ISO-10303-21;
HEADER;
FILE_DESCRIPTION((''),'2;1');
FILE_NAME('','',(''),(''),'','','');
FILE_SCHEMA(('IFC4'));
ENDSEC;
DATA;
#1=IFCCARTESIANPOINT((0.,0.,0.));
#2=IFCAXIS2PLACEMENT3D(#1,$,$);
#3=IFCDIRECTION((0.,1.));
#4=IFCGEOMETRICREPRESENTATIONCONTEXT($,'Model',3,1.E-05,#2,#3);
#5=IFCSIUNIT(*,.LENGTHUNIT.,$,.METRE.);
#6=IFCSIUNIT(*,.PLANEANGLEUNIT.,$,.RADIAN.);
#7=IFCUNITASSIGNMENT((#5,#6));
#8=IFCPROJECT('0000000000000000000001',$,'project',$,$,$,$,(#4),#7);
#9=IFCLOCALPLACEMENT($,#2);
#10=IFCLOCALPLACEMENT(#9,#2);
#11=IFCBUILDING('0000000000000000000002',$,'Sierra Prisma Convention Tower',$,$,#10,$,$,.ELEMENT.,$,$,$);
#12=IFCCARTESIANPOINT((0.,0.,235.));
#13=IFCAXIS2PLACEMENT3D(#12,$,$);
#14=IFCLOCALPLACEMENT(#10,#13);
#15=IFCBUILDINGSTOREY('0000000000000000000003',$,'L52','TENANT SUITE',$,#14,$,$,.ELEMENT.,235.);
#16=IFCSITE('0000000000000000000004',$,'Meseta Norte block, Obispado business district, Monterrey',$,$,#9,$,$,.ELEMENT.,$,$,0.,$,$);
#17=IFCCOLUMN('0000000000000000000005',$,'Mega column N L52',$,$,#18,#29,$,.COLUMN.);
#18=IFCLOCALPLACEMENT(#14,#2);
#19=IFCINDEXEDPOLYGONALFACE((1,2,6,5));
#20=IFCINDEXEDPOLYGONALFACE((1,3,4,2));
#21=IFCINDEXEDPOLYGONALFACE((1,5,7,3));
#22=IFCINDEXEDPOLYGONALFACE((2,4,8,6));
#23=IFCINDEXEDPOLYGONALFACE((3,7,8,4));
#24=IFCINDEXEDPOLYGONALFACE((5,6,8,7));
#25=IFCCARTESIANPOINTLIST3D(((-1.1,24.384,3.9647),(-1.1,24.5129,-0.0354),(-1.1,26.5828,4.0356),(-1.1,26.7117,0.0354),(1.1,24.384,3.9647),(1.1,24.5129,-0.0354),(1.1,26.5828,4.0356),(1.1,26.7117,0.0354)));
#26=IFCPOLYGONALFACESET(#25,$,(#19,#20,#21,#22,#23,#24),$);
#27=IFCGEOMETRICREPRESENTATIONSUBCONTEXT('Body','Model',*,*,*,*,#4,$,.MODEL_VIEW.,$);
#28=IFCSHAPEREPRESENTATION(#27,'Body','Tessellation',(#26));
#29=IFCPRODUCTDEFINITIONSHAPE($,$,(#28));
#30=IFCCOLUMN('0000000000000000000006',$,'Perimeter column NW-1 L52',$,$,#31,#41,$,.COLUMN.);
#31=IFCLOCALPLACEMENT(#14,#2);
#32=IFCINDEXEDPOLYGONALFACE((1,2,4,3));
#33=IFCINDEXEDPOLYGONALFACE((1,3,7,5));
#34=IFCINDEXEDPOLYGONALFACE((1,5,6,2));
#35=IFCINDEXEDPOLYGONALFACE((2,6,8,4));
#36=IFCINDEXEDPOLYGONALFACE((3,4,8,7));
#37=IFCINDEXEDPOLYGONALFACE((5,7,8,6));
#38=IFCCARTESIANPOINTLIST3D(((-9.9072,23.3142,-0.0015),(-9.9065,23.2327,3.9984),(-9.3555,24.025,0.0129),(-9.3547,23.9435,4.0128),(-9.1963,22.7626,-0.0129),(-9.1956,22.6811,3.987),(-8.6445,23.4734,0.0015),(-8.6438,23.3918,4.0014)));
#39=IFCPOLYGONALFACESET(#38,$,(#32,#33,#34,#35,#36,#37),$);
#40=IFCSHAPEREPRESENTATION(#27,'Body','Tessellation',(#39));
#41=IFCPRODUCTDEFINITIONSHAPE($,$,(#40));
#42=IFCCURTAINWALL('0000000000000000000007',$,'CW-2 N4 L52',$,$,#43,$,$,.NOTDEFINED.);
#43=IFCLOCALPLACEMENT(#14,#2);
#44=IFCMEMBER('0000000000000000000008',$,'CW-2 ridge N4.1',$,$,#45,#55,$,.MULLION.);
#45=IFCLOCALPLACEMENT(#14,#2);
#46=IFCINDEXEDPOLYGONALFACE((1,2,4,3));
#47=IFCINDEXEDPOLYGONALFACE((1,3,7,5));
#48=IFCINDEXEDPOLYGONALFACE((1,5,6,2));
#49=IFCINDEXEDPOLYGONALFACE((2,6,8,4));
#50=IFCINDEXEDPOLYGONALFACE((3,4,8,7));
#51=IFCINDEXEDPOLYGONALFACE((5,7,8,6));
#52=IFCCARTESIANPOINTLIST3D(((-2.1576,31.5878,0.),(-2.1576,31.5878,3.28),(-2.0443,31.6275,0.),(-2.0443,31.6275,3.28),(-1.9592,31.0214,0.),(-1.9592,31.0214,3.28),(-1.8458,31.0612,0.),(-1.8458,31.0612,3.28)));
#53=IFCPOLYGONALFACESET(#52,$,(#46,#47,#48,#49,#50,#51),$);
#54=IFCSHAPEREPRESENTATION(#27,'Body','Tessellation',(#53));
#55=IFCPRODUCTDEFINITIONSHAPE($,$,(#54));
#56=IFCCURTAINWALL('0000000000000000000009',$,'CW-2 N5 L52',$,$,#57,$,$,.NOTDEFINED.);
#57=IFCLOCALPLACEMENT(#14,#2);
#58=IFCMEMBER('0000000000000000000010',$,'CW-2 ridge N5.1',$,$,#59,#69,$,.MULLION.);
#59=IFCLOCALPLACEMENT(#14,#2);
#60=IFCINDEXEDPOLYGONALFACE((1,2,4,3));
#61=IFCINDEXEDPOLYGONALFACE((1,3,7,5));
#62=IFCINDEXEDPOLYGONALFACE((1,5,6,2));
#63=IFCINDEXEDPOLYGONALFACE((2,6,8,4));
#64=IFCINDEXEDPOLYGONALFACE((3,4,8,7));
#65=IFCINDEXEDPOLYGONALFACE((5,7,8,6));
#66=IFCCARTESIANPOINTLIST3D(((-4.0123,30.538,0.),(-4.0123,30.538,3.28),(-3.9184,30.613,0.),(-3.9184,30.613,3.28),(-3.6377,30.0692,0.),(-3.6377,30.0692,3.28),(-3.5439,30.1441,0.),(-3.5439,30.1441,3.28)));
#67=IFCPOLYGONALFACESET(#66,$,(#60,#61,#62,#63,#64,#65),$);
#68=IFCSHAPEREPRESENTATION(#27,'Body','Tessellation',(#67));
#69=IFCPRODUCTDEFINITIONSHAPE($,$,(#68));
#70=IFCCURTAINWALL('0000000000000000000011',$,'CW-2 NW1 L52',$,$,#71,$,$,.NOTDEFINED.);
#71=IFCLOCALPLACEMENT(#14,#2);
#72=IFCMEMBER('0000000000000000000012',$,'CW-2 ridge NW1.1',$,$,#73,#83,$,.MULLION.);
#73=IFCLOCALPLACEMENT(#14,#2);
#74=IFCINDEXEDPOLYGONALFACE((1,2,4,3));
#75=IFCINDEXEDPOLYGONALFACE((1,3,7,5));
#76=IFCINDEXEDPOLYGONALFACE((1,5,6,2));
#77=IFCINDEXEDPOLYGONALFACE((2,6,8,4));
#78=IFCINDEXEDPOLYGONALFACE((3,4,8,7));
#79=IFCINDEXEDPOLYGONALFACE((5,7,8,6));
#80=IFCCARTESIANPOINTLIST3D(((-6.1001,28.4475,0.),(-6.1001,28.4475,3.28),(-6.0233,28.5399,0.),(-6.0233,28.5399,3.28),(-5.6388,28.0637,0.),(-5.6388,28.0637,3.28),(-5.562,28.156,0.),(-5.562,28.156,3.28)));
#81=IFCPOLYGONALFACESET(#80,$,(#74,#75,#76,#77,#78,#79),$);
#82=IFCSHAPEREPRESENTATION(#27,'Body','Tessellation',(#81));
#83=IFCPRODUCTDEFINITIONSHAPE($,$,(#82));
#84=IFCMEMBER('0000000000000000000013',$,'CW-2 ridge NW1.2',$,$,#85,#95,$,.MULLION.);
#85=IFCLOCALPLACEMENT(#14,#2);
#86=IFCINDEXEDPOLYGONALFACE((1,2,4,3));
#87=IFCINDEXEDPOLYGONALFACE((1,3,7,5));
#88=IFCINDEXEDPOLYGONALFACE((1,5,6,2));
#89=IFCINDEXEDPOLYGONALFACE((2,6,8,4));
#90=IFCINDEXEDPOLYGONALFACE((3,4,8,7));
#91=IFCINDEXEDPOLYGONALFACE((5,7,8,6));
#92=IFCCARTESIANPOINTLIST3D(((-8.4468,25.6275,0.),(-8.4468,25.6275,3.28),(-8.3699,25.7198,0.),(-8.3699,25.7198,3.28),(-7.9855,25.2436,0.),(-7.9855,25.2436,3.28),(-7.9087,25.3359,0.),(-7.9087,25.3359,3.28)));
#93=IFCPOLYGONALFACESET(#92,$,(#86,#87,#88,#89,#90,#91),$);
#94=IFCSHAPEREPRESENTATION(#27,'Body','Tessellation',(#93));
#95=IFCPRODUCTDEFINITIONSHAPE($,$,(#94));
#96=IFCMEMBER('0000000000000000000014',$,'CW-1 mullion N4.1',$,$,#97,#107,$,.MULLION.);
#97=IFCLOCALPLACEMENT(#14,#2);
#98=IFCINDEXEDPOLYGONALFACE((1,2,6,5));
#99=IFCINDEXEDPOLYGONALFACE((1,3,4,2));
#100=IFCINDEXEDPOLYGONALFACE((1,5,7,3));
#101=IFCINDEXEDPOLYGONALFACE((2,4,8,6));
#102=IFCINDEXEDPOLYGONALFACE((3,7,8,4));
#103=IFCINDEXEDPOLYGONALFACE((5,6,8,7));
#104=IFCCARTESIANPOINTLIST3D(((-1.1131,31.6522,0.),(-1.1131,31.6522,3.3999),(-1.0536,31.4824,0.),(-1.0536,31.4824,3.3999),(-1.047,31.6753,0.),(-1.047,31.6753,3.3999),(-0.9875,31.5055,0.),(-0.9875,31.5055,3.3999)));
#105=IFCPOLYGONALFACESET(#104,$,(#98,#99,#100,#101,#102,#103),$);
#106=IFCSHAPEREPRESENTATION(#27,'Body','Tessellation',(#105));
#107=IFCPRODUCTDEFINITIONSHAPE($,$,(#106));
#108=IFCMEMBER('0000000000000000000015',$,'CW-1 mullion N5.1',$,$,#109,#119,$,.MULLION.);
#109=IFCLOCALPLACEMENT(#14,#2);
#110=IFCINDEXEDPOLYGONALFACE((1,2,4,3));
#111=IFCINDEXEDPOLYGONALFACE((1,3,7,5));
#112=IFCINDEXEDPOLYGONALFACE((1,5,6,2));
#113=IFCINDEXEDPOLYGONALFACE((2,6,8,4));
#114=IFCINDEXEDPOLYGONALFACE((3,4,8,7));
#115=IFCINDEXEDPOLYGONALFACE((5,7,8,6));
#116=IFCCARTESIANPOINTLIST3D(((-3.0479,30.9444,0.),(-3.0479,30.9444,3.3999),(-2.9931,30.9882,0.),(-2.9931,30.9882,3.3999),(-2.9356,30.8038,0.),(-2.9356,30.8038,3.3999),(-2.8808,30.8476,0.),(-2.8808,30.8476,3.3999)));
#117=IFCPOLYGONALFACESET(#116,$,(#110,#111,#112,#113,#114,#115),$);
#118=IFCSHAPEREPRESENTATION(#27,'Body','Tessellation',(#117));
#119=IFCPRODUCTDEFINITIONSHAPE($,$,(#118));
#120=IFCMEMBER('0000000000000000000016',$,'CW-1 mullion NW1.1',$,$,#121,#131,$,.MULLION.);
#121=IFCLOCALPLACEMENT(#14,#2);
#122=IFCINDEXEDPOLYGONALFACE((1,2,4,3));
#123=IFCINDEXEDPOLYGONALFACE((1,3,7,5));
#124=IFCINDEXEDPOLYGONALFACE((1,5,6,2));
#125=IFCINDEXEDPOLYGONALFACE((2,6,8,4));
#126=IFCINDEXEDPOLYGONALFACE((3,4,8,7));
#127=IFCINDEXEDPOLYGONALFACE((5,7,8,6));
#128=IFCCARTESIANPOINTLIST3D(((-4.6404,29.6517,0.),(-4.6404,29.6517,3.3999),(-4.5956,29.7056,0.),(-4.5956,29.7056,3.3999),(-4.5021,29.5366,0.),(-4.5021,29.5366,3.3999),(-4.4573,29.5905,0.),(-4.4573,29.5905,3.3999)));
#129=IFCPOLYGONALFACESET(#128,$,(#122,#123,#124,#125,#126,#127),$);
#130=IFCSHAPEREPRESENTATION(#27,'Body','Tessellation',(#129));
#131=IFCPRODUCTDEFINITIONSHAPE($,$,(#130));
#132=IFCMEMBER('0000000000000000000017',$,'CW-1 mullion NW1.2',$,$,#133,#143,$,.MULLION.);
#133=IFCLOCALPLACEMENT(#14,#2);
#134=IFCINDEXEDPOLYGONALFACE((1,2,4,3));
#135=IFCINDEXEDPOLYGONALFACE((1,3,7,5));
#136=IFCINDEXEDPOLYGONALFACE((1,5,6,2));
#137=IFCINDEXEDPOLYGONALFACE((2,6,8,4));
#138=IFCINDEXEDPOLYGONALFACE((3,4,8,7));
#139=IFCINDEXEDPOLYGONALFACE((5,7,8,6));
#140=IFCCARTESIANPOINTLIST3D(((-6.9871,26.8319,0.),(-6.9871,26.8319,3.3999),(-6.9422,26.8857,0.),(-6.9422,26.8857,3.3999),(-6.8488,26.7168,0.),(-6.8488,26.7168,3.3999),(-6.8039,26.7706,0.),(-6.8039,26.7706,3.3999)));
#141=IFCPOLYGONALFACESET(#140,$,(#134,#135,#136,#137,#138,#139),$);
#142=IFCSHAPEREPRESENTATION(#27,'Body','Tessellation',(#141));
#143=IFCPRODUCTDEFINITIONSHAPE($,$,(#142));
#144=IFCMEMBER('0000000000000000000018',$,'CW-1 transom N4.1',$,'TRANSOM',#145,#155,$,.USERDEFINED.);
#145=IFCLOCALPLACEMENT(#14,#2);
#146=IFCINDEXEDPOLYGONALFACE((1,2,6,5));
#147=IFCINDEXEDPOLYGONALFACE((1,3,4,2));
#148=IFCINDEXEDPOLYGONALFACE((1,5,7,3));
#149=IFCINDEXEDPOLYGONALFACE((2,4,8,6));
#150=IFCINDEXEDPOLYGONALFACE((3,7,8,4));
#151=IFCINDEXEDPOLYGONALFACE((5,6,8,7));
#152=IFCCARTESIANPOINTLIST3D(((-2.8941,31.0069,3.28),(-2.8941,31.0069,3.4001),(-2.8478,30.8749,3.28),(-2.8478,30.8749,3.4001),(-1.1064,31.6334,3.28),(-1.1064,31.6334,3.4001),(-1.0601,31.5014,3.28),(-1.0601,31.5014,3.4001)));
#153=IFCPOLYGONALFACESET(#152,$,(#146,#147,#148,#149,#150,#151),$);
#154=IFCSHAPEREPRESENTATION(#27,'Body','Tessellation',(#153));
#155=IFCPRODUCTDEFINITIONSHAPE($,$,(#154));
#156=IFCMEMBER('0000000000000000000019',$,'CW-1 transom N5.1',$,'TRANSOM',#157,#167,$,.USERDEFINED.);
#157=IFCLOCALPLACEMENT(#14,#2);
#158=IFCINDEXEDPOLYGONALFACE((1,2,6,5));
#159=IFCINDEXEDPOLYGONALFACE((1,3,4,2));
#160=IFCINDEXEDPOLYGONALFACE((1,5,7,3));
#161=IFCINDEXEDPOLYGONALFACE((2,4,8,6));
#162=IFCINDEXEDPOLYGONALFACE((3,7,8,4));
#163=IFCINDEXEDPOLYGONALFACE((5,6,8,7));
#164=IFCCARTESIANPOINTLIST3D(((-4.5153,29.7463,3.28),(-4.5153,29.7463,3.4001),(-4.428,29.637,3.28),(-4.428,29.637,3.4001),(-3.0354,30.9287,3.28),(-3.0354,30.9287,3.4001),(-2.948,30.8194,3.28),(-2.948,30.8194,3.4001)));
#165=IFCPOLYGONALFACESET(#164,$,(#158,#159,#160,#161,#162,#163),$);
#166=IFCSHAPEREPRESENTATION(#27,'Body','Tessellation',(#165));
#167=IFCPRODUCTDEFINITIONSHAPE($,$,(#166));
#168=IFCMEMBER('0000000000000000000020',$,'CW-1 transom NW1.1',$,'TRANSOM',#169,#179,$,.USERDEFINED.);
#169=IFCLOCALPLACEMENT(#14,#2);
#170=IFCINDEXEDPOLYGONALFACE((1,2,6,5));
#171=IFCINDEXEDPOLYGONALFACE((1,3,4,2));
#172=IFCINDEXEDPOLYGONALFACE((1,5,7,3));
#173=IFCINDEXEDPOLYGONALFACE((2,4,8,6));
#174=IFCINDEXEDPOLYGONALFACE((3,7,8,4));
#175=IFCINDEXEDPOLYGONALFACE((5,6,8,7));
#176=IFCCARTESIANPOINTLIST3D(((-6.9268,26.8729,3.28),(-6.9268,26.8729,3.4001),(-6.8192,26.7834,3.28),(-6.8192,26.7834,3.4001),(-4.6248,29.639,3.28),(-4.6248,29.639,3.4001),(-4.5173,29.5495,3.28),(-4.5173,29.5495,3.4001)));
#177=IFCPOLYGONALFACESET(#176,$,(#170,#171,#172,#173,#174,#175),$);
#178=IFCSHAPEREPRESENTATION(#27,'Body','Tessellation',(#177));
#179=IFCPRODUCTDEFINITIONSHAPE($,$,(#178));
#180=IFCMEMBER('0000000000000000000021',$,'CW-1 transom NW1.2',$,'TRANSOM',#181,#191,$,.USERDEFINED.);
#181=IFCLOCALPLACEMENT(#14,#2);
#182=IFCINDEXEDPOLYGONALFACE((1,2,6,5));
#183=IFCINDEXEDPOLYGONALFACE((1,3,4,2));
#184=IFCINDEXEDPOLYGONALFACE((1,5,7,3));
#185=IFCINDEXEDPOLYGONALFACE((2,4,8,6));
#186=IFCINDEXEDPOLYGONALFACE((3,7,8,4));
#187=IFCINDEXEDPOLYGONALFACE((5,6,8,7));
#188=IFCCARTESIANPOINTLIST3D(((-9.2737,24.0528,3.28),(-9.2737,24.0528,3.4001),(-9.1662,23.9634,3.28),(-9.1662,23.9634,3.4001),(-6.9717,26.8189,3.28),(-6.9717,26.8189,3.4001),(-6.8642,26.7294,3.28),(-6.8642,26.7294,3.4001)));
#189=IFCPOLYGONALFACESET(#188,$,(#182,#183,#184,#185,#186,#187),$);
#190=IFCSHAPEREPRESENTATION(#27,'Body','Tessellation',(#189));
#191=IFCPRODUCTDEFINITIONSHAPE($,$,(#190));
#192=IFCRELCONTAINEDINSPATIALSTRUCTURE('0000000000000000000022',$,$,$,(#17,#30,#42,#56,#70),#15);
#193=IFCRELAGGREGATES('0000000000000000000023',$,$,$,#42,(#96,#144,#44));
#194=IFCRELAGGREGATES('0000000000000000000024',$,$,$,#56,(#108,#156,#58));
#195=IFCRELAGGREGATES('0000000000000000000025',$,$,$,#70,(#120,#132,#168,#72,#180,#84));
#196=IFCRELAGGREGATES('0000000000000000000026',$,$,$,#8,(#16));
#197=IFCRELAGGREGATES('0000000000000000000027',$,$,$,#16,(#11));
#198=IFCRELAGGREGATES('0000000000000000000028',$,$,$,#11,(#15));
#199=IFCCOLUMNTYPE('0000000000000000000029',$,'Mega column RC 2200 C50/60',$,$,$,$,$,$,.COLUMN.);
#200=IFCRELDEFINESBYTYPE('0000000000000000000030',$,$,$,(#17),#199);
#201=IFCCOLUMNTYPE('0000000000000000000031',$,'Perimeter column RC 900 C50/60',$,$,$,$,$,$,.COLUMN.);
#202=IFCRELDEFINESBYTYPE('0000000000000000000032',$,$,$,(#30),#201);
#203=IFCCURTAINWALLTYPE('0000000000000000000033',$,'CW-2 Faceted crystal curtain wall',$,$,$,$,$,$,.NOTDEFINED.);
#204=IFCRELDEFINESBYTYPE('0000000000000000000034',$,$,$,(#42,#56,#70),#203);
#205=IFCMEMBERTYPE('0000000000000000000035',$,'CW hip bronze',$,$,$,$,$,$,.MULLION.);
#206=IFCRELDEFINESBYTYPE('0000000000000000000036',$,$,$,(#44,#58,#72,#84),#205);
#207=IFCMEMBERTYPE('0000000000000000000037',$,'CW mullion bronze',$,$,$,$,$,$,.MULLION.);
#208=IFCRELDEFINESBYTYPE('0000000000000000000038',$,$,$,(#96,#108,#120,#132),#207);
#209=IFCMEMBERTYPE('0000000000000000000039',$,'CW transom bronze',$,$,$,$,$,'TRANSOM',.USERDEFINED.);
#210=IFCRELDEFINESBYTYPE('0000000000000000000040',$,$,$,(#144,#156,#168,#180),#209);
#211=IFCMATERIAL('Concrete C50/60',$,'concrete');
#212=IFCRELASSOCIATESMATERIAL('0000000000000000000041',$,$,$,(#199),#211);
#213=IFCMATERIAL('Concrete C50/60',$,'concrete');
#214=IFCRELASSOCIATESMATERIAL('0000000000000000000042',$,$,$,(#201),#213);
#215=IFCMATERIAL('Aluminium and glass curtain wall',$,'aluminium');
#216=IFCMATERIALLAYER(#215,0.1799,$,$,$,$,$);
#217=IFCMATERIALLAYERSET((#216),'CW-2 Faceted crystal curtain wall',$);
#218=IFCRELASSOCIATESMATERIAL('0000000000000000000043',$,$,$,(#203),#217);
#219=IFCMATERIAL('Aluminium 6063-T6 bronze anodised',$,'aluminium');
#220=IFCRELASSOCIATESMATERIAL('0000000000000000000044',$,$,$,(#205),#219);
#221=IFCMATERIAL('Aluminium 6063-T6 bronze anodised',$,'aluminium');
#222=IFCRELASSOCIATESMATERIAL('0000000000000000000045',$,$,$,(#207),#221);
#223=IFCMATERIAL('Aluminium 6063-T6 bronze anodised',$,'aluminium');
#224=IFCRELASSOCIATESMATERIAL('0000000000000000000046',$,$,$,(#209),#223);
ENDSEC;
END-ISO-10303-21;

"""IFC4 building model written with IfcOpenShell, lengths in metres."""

from ifc_helpers import new_model, si_unit, direction, frame, origin, origin_2d, place, context, subcontext, project, spatial, rectangle, extrude, material, layer, layer_set, material_profile, profile_set, type_object, element, aggregate, save


model = new_model("IFC4")

# Units and contexts
model_context = context("Model", 3, precision=1e-05, world=origin(), true_north=direction((0.0, 1.0)))
body_context = subcontext(model_context, "Body", "Model", "MODEL_VIEW")
ifc_project = project(units=[si_unit("LENGTHUNIT", "METRE"), si_unit("PLANEANGLEUNIT", "RADIAN")], contexts=[model_context])

# Site, building, storey
site_placement = place(None, origin())
site = spatial("IfcSite", under=ifc_project, at=site_placement, Name="Meseta Norte block, Obispado business district, Monterrey", CompositionType="ELEMENT", RefElevation=0.0)
building_placement = place(site_placement, origin())
building = spatial("IfcBuilding", under=site, at=building_placement, Name="Sierra Prisma Convention Tower", CompositionType="ELEMENT")
storey_placement = place(building_placement, frame((0.0, 0.0, 235.0)))
storey = spatial("IfcBuildingStorey", under=building, at=storey_placement, Name="L52", Description="TENANT SUITE", CompositionType="ELEMENT", Elevation=235.0)

# Columns
ifc_material_1 = material(Name="Concrete C50/60", Category="concrete")
ifc_material_profile_1 = material_profile(ifc_material_1, rectangle(XDim=2.2, YDim=2.2, at=origin_2d()), Name="Mega column RC 2200 C50/60")
ifc_profile_set_1 = profile_set([ifc_material_profile_1], Name="Concrete C50/60")
column_type_1 = type_object("IfcColumnType", Name="Mega column RC 2200 C50/60", PredefinedType="COLUMN", material=ifc_profile_set_1)
column_1_placement = place(storey_placement, frame((0.0, 25.6123, 0.0), z_axis=(0.0, -0.03221, 0.999481), x_axis=(1.0, 0.0, 0.0)))
element("IfcColumn", 1, at=column_1_placement, inside=storey, type_object=column_type_1, Name="Mega column N L52", PredefinedType="COLUMN", context=body_context, shape_type="SweptSolid", body=[
    extrude(rectangle(XDim=2.2, YDim=2.2, at=origin_2d()), origin(), (0.0, 0.0, 1.0), 4.0022),
])
ifc_material_2 = material(Name="Concrete C50/60", Category="concrete")
ifc_material_profile_2 = material_profile(ifc_material_2, rectangle(XDim=0.8999, YDim=0.8999, at=origin_2d()), Name="Perimeter column RC 900 C50/60")
ifc_profile_set_2 = profile_set([ifc_material_profile_2], Name="Concrete C50/60")
column_type_2 = type_object("IfcColumnType", Name="Perimeter column RC 900 C50/60", PredefinedType="COLUMN", material=ifc_profile_set_2)
column_2_placement = place(storey_placement, frame((-9.2759, 23.3938, 0.0), z_axis=(0.000183, -0.020382, 0.999792), x_axis=(0.613103, 0.789841, 0.015989)))
element("IfcColumn", 2, at=column_2_placement, inside=storey, type_object=column_type_2, Name="Perimeter column NW-1 L52", PredefinedType="COLUMN", context=body_context, shape_type="SweptSolid", body=[
    extrude(rectangle(XDim=0.8999, YDim=0.8999, at=origin_2d()), origin(), (0.0, 0.0, 1.0), 4.0007),
])

# Curtain walls, members
ifc_material_3 = material(Name="Aluminium and glass curtain wall", Category="aluminium")
ifc_layer_1 = layer(ifc_material_3, 0.1799)
ifc_layer_set_1 = layer_set([ifc_layer_1], Name="CW-2 Faceted crystal curtain wall")
curtain_wall_type = type_object("IfcCurtainWallType", Name="CW-2 Faceted crystal curtain wall", PredefinedType="NOTDEFINED", material=ifc_layer_set_1)
curtain_wall_1_placement = place(storey_placement, origin())
curtain_wall_1 = element("IfcCurtainWall", 3, at=curtain_wall_1_placement, inside=storey, type_object=curtain_wall_type, Name="CW-2 N4 L52", PredefinedType="NOTDEFINED")
ifc_material_4 = material(Name="Aluminium 6063-T6 bronze anodised", Category="aluminium")
ifc_material_profile_3 = material_profile(ifc_material_4, rectangle(XDim=0.1201, YDim=0.6001, at=origin_2d()), Name="ALU RIDGE BLADE 120x600")
ifc_profile_set_3 = profile_set([ifc_material_profile_3], Name="Aluminium 6063-T6 bronze anodised")
member_type_1 = type_object("IfcMemberType", Name="CW hip bronze", PredefinedType="MULLION", material=ifc_profile_set_3)
member_1_placement = place(storey_placement, frame((-2.0017, 31.3245, 0.0), z_axis=(0.0, 0.0, 1.0), x_axis=(-0.943735, -0.330703, 0.0)))
member_1 = element("IfcMember", 4, at=member_1_placement, type_object=member_type_1, Name="CW-2 ridge N4.1", PredefinedType="MULLION", context=body_context, shape_type="SweptSolid", body=[
    extrude(rectangle(XDim=0.1201, YDim=0.6001, at=origin_2d()), origin(), (0.0, 0.0, 1.0), 3.28),
])
curtain_wall_2_placement = place(storey_placement, origin())
curtain_wall_2 = element("IfcCurtainWall", 5, at=curtain_wall_2_placement, inside=storey, type_object=curtain_wall_type, Name="CW-2 N5 L52", PredefinedType="NOTDEFINED")
member_2_placement = place(storey_placement, frame((-3.7781, 30.3411, 0.0), z_axis=(0.0, 0.0, 1.0), x_axis=(-0.781271, -0.624193, 0.0)))
member_2 = element("IfcMember", 6, at=member_2_placement, type_object=member_type_1, Name="CW-2 ridge N5.1", PredefinedType="MULLION", context=body_context, shape_type="SweptSolid", body=[
    extrude(rectangle(XDim=0.1201, YDim=0.6001, at=origin_2d()), origin(), (0.0, 0.0, 1.0), 3.28),
])

# Curtain wall, members
curtain_wall_3_placement = place(storey_placement, origin())
curtain_wall_3 = element("IfcCurtainWall", 7, at=curtain_wall_3_placement, inside=storey, type_object=curtain_wall_type, Name="CW-2 NW1 L52", PredefinedType="NOTDEFINED")
member_3_placement = place(storey_placement, frame((-5.8311, 28.3018, 0.0), z_axis=(0.0, 0.0, 1.0), x_axis=(-0.639677, -0.768644, 0.0)))
member_3 = element("IfcMember", 8, at=member_3_placement, type_object=member_type_1, Name="CW-2 ridge NW1.1", PredefinedType="MULLION", context=body_context, shape_type="SweptSolid", body=[
    extrude(rectangle(XDim=0.1201, YDim=0.6001, at=origin_2d()), origin(), (0.0, 0.0, 1.0), 3.28),
])
member_4_placement = place(storey_placement, frame((-8.1777, 25.4817, 0.0), z_axis=(0.0, 0.0, 1.0), x_axis=(-0.639677, -0.768644, 0.0)))
member_4 = element("IfcMember", 9, at=member_4_placement, type_object=member_type_1, Name="CW-2 ridge NW1.2", PredefinedType="MULLION", context=body_context, shape_type="SweptSolid", body=[
    extrude(rectangle(XDim=0.1201, YDim=0.6001, at=origin_2d()), origin(), (0.0, 0.0, 1.0), 3.28),
])

# Members
ifc_material_5 = material(Name="Aluminium 6063-T6 bronze anodised", Category="aluminium")
ifc_material_profile_4 = material_profile(ifc_material_5, rectangle(XDim=0.1799, YDim=0.0701, at=origin_2d()), Name="ALU MULLION 70x180")
ifc_profile_set_4 = profile_set([ifc_material_profile_4], Name="Aluminium 6063-T6 bronze anodised")
member_type_2 = type_object("IfcMemberType", Name="CW mullion bronze", PredefinedType="MULLION", material=ifc_profile_set_4)
member_5_placement = place(storey_placement, frame((-1.0503, 31.5789, 0.0), z_axis=(0.0, 0.0, 1.0), x_axis=(0.330703, -0.943735, 0.0)))
member_5 = element("IfcMember", 10, at=member_5_placement, type_object=member_type_2, Name="CW-1 mullion N4.1", PredefinedType="MULLION", context=body_context, shape_type="SweptSolid", body=[
    extrude(rectangle(XDim=0.1799, YDim=0.0701, at=origin_2d()), origin(), (0.0, 0.0, 1.0), 3.3999),
])
member_6_placement = place(storey_placement, frame((-2.9644, 30.896, 0.0), z_axis=(0.0, 0.0, 1.0), x_axis=(0.624193, -0.781271, 0.0)))
member_6 = element("IfcMember", 11, at=member_6_placement, type_object=member_type_2, Name="CW-1 mullion N5.1", PredefinedType="MULLION", context=body_context, shape_type="SweptSolid", body=[
    extrude(rectangle(XDim=0.1799, YDim=0.0701, at=origin_2d()), origin(), (0.0, 0.0, 1.0), 3.3999),
])
member_7_placement = place(storey_placement, frame((-4.5488, 29.6211, 0.0), z_axis=(0.0, 0.0, 1.0), x_axis=(0.768644, -0.639677, 0.0)))
member_7 = element("IfcMember", 12, at=member_7_placement, type_object=member_type_2, Name="CW-1 mullion NW1.1", PredefinedType="MULLION", context=body_context, shape_type="SweptSolid", body=[
    extrude(rectangle(XDim=0.1799, YDim=0.0701, at=origin_2d()), origin(), (0.0, 0.0, 1.0), 3.3999),
])
member_8_placement = place(storey_placement, frame((-6.8955, 26.8013, 0.0), z_axis=(0.0, 0.0, 1.0), x_axis=(0.768644, -0.639677, 0.0)))
member_8 = element("IfcMember", 13, at=member_8_placement, type_object=member_type_2, Name="CW-1 mullion NW1.2", PredefinedType="MULLION", context=body_context, shape_type="SweptSolid", body=[
    extrude(rectangle(XDim=0.1799, YDim=0.0701, at=origin_2d()), origin(), (0.0, 0.0, 1.0), 3.3999),
])
ifc_material_6 = material(Name="Aluminium 6063-T6 bronze anodised", Category="aluminium")
ifc_material_profile_5 = material_profile(ifc_material_6, rectangle(XDim=0.1399, YDim=0.1201, at=origin_2d()), Name="ALU TRANSOM 120x140")
ifc_profile_set_5 = profile_set([ifc_material_profile_5], Name="Aluminium 6063-T6 bronze anodised")
member_type_3 = type_object("IfcMemberType", Name="CW transom bronze", ElementType="TRANSOM", PredefinedType="USERDEFINED", material=ifc_profile_set_5)
member_9_placement = place(storey_placement, frame((-1.0833, 31.5674, 3.3401), z_axis=(-0.943726, -0.330729, 0.0), x_axis=(0.330729, -0.943726, 0.0)))
member_9 = element("IfcMember", 14, at=member_9_placement, type_object=member_type_3, Name="CW-1 transom N4.1", ObjectType="TRANSOM", PredefinedType="USERDEFINED", context=body_context, shape_type="SweptSolid", body=[
    extrude(rectangle(XDim=0.1399, YDim=0.1201, at=origin_2d()), origin(), (0.0, 0.0, 1.0), 1.8943),
])
member_10_placement = place(storey_placement, frame((-2.9917, 30.874, 3.3401), z_axis=(-0.781284, -0.624176, 0.0), x_axis=(0.624176, -0.781284, 0.0)))
member_10 = element("IfcMember", 15, at=member_10_placement, type_object=member_type_3, Name="CW-1 transom N5.1", ObjectType="TRANSOM", PredefinedType="USERDEFINED", context=body_context, shape_type="SweptSolid", body=[
    extrude(rectangle(XDim=0.1399, YDim=0.1201, at=origin_2d()), origin(), (0.0, 0.0, 1.0), 1.8943),
])
member_11_placement = place(storey_placement, frame((-4.571, 29.5942, 3.3401), z_axis=(-0.639677, -0.768644, 0.0), x_axis=(0.768644, -0.639677, 0.0)))
member_11 = element("IfcMember", 16, at=member_11_placement, type_object=member_type_3, Name="CW-1 transom NW1.1", ObjectType="TRANSOM", PredefinedType="USERDEFINED", context=body_context, shape_type="SweptSolid", body=[
    extrude(rectangle(XDim=0.1399, YDim=0.1201, at=origin_2d()), origin(), (0.0, 0.0, 1.0), 3.5986),
])
member_12_placement = place(storey_placement, frame((-6.918, 26.7742, 3.3401), z_axis=(-0.639677, -0.768644, 0.0), x_axis=(0.768644, -0.639677, 0.0)))
member_12 = element("IfcMember", 17, at=member_12_placement, type_object=member_type_3, Name="CW-1 transom NW1.2", ObjectType="TRANSOM", PredefinedType="USERDEFINED", context=body_context, shape_type="SweptSolid", body=[
    extrude(rectangle(XDim=0.1399, YDim=0.1201, at=origin_2d()), origin(), (0.0, 0.0, 1.0), 3.5986),
])

aggregate(curtain_wall_1, [member_5, member_9, member_1])
aggregate(curtain_wall_2, [member_6, member_10, member_2])
aggregate(curtain_wall_3, [member_7, member_8, member_11, member_3, member_12, member_4])

save(model, "model.ifc")
